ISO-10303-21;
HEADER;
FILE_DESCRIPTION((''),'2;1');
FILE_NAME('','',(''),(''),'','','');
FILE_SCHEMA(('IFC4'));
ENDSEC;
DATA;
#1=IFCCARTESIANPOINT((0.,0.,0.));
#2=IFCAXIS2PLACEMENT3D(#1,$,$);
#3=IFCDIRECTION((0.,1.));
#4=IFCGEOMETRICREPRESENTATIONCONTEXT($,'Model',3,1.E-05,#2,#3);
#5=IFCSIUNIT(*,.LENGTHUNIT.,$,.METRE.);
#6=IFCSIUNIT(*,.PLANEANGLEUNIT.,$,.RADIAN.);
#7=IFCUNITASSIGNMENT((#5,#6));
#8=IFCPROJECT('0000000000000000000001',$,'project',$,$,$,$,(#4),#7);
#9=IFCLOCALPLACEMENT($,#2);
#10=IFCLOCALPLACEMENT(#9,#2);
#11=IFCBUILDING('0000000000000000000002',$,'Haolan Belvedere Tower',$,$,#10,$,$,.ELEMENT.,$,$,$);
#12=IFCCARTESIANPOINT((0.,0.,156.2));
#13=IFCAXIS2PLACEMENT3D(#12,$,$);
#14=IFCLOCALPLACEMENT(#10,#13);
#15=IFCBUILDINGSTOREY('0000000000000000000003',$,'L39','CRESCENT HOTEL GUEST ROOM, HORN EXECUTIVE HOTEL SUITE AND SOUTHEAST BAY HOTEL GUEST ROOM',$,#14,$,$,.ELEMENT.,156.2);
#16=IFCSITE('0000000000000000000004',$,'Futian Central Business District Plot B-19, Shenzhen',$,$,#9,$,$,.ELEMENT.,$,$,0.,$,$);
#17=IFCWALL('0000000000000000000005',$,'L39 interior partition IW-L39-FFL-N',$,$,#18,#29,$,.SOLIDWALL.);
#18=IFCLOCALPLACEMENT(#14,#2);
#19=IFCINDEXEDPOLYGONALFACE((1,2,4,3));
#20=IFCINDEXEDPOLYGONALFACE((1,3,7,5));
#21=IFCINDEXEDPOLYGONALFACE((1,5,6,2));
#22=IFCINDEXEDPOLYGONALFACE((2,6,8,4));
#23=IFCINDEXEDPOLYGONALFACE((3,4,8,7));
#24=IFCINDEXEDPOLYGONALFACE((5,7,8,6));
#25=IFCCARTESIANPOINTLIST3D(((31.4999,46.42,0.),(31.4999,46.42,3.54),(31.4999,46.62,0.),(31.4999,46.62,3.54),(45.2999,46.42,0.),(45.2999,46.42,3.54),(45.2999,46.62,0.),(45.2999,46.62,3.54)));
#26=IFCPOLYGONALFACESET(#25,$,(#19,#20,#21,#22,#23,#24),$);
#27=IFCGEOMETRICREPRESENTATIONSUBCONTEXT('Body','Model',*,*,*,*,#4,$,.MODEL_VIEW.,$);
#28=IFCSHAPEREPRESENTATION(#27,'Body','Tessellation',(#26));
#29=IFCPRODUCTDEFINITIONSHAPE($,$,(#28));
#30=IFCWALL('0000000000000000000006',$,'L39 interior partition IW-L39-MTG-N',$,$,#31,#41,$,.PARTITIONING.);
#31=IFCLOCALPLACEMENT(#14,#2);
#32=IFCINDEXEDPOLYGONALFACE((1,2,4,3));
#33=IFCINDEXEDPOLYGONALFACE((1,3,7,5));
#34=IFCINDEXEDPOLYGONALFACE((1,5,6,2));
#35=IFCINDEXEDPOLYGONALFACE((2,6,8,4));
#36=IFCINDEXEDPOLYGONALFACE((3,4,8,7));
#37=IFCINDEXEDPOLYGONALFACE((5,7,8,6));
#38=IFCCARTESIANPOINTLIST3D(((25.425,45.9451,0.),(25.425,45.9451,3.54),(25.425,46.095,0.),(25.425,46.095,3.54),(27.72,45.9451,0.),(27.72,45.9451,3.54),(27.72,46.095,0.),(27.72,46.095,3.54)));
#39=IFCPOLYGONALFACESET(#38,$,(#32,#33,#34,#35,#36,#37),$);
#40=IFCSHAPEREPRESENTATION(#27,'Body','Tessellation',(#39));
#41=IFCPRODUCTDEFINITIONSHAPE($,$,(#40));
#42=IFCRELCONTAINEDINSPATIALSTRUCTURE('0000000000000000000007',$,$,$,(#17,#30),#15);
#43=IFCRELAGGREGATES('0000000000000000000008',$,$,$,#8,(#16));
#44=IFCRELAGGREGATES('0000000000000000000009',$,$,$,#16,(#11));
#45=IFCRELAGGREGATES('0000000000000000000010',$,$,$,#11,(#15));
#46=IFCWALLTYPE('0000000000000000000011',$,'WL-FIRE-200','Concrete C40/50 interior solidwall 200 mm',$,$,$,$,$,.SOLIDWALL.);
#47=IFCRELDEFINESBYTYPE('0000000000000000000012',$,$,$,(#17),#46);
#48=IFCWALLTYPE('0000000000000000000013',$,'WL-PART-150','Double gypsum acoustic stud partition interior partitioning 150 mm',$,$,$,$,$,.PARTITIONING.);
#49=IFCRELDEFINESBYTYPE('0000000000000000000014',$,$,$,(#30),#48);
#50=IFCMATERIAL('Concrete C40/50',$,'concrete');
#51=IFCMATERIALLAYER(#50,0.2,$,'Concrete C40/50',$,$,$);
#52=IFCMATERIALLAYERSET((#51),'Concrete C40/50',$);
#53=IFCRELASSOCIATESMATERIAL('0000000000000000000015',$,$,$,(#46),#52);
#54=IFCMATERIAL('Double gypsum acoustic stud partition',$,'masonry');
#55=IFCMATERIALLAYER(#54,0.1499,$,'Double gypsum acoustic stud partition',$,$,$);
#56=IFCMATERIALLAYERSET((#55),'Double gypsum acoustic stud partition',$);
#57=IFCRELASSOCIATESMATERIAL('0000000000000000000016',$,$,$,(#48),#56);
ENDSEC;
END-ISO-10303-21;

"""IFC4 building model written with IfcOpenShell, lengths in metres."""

from ifc_helpers import new_model, si_unit, direction, frame, frame_2d, origin, place, context, subcontext, project, spatial, rectangle, extrude, material, layer, layer_set, type_object, element, save


model = new_model("IFC4")

# Units and contexts
model_context = context("Model", 3, precision=1e-05, world=origin(), true_north=direction((0.0, 1.0)))
body_context = subcontext(model_context, "Body", "Model", "MODEL_VIEW")
ifc_project = project(units=[si_unit("LENGTHUNIT", "METRE"), si_unit("PLANEANGLEUNIT", "RADIAN")], contexts=[model_context])

# Site, building, storey
site_placement = place(None, origin())
site = spatial("IfcSite", under=ifc_project, at=site_placement, Name="Futian Central Business District Plot B-19, Shenzhen", CompositionType="ELEMENT", RefElevation=0.0)
building_placement = place(site_placement, origin())
building = spatial("IfcBuilding", under=site, at=building_placement, Name="Haolan Belvedere Tower", CompositionType="ELEMENT")
storey_placement = place(building_placement, frame((0.0, 0.0, 156.2)))
storey = spatial("IfcBuildingStorey", under=building, at=storey_placement, Name="L39", Description="CRESCENT HOTEL GUEST ROOM, HORN EXECUTIVE HOTEL SUITE AND SOUTHEAST BAY HOTEL GUEST ROOM", CompositionType="ELEMENT", Elevation=156.2)

# Wall
ifc_material_1 = material(Name="Concrete C40/50", Category="concrete")
ifc_layer_1 = layer(ifc_material_1, 0.2, Name="Concrete C40/50")
ifc_layer_set_1 = layer_set([ifc_layer_1], Name="Concrete C40/50")
wall_type_1 = type_object("IfcWallType", Name="WL-FIRE-200", Description="Concrete C40/50 interior solidwall 200 mm", PredefinedType="SOLIDWALL", material=ifc_layer_set_1)
wall_1_placement = place(storey_placement, frame((31.5, 46.52, 0.0), z_axis=(0.0, 0.0, 1.0), x_axis=(1.0, 0.0, 0.0)))
element("IfcWall", 1, at=wall_1_placement, inside=storey, type_object=wall_type_1, Name="L39 interior partition IW-L39-FFL-N", PredefinedType="SOLIDWALL", context=body_context, shape_type="SweptSolid", body=[
    extrude(rectangle(XDim=13.8, YDim=0.2, at=frame_2d((6.8999, 0.0))), origin(), (0.0, 0.0, 1.0), 3.54),
])

# Wall
ifc_material_2 = material(Name="Double gypsum acoustic stud partition", Category="masonry")
ifc_layer_2 = layer(ifc_material_2, 0.1499, Name="Double gypsum acoustic stud partition")
ifc_layer_set_2 = layer_set([ifc_layer_2], Name="Double gypsum acoustic stud partition")
wall_type_2 = type_object("IfcWallType", Name="WL-PART-150", Description="Double gypsum acoustic stud partition interior partitioning 150 mm", PredefinedType="PARTITIONING", material=ifc_layer_set_2)
wall_2_placement = place(storey_placement, frame((25.425, 46.02, 0.0), z_axis=(0.0, 0.0, 1.0), x_axis=(1.0, 0.0, 0.0)))
element("IfcWall", 2, at=wall_2_placement, inside=storey, type_object=wall_type_2, Name="L39 interior partition IW-L39-MTG-N", PredefinedType="PARTITIONING", context=body_context, shape_type="SweptSolid", body=[
    extrude(rectangle(XDim=2.2949, YDim=0.1499, at=frame_2d((1.1475, 0.0))), origin(), (0.0, 0.0, 1.0), 3.54),
])

save(model, "model.ifc")
